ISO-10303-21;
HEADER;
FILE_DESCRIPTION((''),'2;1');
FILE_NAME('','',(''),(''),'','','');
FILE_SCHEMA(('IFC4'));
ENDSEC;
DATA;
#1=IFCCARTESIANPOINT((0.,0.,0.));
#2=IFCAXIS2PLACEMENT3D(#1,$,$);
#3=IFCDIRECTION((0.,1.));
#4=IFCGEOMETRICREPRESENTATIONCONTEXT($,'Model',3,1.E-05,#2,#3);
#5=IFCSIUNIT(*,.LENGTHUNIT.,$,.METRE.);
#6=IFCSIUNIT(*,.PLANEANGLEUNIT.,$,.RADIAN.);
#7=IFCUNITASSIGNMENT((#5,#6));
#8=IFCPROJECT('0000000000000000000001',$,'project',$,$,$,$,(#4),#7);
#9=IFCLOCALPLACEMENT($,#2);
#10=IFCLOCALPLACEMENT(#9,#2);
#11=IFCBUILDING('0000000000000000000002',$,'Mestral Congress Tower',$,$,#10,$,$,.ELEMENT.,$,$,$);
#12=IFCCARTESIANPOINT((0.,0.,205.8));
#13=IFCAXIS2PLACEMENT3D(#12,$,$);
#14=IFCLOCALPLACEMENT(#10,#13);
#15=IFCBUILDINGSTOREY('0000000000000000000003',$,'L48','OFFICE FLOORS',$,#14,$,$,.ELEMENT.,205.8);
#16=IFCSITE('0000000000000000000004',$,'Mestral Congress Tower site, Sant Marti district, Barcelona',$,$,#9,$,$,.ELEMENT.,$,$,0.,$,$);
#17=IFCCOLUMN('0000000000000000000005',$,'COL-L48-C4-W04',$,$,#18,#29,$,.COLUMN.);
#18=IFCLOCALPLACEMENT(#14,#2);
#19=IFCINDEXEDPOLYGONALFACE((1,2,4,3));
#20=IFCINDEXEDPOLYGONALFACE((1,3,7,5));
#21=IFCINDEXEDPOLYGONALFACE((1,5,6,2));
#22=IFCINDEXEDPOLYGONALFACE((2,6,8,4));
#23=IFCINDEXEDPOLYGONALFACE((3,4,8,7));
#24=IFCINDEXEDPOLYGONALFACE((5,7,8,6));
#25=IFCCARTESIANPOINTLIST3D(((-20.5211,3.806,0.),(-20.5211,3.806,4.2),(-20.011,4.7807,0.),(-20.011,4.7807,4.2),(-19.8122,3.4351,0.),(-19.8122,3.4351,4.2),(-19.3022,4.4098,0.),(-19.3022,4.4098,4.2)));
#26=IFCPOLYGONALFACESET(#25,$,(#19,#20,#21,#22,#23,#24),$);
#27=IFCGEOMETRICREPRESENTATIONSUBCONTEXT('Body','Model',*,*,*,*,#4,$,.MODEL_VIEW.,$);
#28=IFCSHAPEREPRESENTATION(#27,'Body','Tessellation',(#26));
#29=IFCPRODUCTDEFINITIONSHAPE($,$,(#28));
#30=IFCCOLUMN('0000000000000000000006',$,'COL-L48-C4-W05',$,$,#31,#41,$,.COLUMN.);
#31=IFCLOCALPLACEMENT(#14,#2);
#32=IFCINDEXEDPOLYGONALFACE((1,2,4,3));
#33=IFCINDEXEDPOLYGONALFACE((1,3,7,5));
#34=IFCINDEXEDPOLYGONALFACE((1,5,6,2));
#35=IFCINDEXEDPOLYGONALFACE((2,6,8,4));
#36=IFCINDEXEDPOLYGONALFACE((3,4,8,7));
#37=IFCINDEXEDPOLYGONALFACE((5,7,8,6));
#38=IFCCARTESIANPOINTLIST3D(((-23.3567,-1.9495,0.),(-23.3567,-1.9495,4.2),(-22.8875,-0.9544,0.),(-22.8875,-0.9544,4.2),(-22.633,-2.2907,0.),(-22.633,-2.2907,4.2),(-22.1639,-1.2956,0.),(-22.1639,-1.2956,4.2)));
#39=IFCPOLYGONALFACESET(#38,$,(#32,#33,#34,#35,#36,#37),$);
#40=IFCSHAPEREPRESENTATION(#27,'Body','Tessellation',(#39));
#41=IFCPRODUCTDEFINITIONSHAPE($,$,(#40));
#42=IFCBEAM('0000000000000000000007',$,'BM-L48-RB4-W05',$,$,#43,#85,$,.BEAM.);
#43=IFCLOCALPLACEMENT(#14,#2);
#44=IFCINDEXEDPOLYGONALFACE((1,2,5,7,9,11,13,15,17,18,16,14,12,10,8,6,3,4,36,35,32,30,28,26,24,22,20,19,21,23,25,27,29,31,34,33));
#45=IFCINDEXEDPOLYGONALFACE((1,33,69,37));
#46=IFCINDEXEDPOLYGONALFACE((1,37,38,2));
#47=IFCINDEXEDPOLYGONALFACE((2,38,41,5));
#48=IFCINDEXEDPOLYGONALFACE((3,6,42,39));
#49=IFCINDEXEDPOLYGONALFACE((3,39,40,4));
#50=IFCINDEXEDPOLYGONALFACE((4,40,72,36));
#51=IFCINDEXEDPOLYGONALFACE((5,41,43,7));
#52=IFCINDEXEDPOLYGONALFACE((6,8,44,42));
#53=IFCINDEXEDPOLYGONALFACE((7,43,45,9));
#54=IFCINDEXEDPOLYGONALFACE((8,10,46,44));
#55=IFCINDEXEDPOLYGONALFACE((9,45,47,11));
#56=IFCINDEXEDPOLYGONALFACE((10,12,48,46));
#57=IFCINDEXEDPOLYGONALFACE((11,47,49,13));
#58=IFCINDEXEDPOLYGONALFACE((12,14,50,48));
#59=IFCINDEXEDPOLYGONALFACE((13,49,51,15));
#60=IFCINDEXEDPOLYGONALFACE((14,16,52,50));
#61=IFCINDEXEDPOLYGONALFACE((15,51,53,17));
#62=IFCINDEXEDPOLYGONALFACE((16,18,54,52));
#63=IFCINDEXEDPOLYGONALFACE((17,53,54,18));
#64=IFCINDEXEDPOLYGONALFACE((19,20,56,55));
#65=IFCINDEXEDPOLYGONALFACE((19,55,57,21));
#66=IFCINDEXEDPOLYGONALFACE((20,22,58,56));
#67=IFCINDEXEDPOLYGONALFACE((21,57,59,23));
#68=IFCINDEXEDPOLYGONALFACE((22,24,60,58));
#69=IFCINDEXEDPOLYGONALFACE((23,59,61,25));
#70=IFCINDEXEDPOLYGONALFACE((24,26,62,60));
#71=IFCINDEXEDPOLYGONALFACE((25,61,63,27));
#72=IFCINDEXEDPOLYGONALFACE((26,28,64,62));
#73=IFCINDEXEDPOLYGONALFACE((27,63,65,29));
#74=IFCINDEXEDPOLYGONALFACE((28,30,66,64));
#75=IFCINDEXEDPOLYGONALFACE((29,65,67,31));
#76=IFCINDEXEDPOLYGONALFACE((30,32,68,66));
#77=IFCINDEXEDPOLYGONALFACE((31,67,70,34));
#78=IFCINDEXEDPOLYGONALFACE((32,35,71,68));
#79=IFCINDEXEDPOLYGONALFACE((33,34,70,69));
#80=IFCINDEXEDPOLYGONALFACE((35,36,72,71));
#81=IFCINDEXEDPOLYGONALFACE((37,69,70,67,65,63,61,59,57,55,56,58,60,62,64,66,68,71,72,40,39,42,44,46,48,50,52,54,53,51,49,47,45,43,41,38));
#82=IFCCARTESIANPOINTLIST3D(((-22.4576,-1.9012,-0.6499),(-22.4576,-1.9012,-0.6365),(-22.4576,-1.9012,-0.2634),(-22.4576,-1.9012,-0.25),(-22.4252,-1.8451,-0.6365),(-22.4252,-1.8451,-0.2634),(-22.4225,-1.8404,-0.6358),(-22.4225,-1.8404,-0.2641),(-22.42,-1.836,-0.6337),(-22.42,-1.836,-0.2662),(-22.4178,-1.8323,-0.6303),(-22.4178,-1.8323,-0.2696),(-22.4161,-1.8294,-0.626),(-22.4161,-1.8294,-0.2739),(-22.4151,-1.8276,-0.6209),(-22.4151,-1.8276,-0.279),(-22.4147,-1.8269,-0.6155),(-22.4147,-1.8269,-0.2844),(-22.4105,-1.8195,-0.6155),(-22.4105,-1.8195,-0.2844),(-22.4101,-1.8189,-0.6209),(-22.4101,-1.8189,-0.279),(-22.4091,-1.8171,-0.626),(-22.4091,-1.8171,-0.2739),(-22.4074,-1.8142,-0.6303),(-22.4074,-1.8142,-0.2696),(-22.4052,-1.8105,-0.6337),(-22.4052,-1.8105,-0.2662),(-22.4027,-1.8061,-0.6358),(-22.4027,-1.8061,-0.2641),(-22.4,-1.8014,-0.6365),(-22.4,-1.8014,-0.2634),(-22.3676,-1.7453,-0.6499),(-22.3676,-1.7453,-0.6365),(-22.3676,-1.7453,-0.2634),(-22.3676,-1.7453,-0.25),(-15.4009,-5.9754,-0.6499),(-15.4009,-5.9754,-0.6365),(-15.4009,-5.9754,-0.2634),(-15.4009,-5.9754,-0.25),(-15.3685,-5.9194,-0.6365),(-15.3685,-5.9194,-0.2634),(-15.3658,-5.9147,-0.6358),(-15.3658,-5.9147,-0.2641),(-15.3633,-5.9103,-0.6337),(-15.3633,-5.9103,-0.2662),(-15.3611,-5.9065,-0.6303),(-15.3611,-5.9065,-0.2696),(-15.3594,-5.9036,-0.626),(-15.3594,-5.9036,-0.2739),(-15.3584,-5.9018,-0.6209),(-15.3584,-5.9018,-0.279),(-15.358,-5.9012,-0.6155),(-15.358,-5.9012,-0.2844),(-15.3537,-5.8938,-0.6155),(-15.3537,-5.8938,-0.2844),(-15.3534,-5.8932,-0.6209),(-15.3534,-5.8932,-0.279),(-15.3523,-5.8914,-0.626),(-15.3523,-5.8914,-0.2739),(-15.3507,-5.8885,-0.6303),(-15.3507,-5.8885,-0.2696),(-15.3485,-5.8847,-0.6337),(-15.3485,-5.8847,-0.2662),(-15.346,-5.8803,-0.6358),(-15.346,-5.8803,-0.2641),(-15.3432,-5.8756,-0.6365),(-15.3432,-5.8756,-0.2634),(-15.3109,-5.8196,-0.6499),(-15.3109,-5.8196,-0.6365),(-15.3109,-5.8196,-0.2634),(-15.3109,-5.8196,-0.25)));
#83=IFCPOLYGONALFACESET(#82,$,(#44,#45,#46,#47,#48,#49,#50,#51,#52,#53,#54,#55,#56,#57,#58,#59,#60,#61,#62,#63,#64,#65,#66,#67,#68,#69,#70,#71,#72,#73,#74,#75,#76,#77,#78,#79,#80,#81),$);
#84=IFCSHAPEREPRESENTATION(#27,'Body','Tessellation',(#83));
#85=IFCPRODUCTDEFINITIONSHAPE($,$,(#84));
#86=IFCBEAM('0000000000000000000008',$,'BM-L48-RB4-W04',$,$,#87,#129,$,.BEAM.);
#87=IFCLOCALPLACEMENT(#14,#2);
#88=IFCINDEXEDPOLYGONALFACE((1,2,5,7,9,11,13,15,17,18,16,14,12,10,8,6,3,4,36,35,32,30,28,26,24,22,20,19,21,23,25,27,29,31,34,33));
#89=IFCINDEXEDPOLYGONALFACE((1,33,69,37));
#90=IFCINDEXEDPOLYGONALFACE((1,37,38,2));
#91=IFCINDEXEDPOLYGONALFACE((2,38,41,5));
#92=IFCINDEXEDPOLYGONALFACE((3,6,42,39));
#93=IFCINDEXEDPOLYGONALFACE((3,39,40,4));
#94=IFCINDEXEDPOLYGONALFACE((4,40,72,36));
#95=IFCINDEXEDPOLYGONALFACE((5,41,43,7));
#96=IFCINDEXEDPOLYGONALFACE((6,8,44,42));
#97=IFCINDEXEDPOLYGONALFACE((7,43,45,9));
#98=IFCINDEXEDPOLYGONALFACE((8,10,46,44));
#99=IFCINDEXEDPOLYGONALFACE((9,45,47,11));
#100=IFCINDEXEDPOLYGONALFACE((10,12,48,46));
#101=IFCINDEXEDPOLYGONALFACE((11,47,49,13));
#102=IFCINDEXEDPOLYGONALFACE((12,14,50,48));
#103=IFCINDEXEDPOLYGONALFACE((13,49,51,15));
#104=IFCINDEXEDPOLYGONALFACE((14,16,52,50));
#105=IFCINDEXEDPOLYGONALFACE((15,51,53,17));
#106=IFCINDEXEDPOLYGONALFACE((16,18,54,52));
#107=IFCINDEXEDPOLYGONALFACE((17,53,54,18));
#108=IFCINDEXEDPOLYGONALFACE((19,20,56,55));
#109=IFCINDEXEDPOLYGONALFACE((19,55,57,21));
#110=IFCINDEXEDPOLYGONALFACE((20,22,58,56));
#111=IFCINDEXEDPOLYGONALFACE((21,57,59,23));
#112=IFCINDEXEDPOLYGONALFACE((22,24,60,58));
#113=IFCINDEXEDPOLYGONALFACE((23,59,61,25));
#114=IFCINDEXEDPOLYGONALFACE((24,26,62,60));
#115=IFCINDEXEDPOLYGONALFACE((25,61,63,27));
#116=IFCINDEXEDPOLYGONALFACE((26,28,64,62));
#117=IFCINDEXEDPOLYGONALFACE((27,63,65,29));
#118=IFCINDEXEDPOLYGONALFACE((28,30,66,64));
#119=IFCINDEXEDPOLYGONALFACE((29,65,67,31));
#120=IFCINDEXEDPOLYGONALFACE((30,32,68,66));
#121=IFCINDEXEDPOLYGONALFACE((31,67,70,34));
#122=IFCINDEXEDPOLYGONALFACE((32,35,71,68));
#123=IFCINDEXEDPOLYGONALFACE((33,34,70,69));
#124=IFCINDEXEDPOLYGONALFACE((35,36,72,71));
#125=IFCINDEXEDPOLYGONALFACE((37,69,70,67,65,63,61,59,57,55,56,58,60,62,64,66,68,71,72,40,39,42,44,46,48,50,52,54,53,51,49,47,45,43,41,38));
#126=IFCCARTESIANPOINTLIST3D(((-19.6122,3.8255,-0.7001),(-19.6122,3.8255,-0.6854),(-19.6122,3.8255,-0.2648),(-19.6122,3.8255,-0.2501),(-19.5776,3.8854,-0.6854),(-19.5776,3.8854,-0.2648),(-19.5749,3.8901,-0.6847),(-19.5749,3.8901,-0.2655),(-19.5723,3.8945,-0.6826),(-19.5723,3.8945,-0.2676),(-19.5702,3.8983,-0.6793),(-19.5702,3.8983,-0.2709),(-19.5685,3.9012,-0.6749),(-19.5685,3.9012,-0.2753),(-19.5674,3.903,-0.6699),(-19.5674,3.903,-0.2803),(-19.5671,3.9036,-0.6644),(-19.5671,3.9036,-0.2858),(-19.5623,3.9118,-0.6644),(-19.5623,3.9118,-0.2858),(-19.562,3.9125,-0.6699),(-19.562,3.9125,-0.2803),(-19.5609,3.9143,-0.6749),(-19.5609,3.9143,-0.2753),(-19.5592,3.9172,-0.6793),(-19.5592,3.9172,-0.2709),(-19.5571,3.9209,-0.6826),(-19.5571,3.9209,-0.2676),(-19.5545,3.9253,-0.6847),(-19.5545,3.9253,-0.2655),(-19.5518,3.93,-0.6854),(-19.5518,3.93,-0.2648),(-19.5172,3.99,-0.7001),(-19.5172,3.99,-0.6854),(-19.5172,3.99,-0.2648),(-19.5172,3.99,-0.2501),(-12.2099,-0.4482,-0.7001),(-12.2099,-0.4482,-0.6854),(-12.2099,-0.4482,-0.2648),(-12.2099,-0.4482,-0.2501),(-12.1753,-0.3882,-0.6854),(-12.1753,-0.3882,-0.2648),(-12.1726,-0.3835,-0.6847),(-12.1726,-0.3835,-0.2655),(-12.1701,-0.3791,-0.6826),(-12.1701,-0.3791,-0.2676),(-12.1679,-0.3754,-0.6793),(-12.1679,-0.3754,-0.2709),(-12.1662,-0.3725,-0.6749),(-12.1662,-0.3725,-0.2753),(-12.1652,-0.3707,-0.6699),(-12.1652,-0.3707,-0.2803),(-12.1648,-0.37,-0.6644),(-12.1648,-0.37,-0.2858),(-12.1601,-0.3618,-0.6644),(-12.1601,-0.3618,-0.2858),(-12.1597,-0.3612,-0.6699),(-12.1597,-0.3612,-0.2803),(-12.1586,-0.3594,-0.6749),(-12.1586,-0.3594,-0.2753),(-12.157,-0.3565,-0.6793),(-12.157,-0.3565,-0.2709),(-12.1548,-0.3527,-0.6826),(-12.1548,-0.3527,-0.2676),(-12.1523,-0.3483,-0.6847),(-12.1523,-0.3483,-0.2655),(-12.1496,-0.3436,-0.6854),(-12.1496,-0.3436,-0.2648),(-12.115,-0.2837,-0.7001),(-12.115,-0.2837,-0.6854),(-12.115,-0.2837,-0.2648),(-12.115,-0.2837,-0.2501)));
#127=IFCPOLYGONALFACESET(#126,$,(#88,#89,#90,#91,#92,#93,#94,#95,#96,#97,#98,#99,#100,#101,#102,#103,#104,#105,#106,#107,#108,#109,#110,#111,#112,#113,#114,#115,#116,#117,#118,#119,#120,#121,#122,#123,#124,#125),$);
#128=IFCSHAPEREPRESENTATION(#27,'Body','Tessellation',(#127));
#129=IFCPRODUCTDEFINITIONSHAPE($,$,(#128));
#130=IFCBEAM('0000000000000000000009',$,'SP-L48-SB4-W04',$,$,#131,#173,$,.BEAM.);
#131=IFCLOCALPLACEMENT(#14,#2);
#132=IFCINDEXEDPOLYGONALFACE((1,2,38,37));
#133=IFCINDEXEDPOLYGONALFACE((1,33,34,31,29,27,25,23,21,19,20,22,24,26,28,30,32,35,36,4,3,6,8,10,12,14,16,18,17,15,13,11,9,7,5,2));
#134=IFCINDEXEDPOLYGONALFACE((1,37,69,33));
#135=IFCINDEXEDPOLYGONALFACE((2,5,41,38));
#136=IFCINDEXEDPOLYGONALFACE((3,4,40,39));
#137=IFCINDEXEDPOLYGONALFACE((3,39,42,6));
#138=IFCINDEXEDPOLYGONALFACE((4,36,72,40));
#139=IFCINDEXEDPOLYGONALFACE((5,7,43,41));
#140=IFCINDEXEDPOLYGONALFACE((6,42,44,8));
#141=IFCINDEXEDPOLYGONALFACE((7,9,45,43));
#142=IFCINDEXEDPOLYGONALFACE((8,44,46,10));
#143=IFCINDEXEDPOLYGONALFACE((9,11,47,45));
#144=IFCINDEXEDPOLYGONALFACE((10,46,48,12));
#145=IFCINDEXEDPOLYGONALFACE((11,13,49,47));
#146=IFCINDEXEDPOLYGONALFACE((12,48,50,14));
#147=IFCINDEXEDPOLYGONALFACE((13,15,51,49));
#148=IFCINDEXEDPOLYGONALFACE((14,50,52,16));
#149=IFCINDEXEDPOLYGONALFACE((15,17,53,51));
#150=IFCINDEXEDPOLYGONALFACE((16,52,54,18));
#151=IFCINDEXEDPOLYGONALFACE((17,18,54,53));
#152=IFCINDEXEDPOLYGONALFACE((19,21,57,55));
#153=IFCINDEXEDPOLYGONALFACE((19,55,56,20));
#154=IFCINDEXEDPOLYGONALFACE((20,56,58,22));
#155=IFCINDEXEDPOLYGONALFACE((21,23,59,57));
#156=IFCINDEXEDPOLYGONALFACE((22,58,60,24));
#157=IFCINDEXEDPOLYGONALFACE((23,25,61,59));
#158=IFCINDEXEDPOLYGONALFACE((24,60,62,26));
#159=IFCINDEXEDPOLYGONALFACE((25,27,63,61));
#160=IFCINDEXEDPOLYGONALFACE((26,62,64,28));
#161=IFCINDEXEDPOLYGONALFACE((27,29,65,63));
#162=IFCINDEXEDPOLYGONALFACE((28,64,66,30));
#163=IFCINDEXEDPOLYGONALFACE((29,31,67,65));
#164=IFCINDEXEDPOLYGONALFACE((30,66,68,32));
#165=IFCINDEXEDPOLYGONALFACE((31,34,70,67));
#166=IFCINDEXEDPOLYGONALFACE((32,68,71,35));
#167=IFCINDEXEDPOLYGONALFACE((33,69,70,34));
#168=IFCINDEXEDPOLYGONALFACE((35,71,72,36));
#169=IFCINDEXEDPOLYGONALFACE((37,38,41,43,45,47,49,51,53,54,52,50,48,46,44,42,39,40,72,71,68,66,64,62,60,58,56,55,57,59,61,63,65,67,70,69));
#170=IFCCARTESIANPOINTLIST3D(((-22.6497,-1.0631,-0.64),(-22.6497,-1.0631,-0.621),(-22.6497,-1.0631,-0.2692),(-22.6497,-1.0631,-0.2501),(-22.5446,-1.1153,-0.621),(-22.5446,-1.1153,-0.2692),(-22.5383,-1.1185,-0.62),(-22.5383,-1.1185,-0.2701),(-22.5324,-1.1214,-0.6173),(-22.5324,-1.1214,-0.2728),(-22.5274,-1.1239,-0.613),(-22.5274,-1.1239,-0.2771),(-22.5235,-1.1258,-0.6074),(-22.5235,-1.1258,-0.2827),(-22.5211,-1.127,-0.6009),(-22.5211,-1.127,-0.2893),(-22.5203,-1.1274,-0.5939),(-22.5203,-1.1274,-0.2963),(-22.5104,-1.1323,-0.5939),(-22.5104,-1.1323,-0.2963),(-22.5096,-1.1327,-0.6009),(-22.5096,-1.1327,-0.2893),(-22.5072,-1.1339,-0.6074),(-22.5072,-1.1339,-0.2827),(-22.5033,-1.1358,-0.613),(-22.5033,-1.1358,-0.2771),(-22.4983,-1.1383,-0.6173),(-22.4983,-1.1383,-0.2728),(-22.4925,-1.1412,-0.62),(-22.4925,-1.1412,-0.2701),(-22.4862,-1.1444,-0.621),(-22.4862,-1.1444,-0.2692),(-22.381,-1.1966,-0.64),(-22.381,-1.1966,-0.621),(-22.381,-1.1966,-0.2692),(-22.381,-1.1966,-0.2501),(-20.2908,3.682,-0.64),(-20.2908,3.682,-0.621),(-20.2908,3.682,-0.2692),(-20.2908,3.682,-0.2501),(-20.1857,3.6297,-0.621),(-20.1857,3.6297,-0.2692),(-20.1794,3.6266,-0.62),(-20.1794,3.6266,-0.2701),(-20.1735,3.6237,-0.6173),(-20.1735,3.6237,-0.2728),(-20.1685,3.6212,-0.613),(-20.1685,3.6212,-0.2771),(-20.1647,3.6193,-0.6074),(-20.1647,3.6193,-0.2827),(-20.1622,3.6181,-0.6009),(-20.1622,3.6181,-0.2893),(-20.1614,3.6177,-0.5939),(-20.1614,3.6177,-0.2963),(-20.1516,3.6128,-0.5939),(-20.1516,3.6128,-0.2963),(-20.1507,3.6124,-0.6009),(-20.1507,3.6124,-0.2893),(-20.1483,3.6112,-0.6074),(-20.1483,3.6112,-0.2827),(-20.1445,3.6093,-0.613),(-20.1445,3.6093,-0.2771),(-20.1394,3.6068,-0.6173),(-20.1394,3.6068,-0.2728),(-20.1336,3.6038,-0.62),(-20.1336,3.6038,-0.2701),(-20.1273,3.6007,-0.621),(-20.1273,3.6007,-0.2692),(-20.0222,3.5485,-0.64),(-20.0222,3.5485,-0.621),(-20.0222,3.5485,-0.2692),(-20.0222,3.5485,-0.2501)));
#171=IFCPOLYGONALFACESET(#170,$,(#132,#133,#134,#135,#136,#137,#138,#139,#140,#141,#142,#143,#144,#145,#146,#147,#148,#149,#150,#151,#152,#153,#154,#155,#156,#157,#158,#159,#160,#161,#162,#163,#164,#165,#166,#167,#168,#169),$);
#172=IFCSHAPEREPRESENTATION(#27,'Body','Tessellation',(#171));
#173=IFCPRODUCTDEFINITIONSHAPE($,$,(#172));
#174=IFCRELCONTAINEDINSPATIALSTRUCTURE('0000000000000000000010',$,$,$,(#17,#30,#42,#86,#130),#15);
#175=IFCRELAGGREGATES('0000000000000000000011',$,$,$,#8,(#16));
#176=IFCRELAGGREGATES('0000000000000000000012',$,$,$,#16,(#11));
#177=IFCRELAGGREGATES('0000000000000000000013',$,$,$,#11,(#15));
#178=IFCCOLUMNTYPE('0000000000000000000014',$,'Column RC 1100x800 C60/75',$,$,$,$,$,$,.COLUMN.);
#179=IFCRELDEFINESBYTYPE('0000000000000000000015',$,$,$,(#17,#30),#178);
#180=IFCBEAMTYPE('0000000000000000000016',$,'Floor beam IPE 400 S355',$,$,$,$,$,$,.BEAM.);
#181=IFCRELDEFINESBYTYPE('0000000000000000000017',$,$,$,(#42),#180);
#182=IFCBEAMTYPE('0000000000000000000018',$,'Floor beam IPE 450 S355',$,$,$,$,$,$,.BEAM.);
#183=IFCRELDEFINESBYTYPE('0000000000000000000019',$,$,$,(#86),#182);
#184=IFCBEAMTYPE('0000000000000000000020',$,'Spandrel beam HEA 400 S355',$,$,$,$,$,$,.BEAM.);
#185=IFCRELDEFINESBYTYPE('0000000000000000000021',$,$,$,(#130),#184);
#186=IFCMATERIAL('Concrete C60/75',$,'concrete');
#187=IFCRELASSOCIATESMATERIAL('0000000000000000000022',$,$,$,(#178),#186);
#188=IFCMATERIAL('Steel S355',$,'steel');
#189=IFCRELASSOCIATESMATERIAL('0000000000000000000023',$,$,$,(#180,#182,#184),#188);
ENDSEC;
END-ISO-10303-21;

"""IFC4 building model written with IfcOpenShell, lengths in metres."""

from ifc_helpers import new_model, si_unit, direction, frame, origin, origin_2d, place, context, subcontext, project, spatial, rectangle, i_section, extrude, material, material_profile, profile_set, type_object, element, save


model = new_model("IFC4")

# Units and contexts
model_context = context("Model", 3, precision=1e-05, world=origin(), true_north=direction((0.0, 1.0)))
body_context = subcontext(model_context, "Body", "Model", "MODEL_VIEW")
ifc_project = project(units=[si_unit("LENGTHUNIT", "METRE"), si_unit("PLANEANGLEUNIT", "RADIAN")], contexts=[model_context])

# Site, building, storey
site_placement = place(None, origin())
site = spatial("IfcSite", under=ifc_project, at=site_placement, Name="Mestral Congress Tower site, Sant Marti district, Barcelona", CompositionType="ELEMENT", RefElevation=0.0)
building_placement = place(site_placement, origin())
building = spatial("IfcBuilding", under=site, at=building_placement, Name="Mestral Congress Tower", CompositionType="ELEMENT")
storey_placement = place(building_placement, frame((0.0, 0.0, 205.8)))
storey = spatial("IfcBuildingStorey", under=building, at=storey_placement, Name="L48", Description="OFFICE FLOORS", CompositionType="ELEMENT", Elevation=205.8)

# Columns
ifc_material_1 = material(Name="Concrete C60/75", Category="concrete")
ifc_material_profile_1 = material_profile(ifc_material_1, rectangle(XDim=1.1001, YDim=0.8, at=origin_2d()), Name="RC 1100x800")
ifc_profile_set_1 = profile_set([ifc_material_profile_1], Name="Concrete C60/75")
column_type = type_object("IfcColumnType", Name="Column RC 1100x800 C60/75", PredefinedType="COLUMN", material=ifc_profile_set_1)
for number, where, z_axis, x_axis, name in (
    (1, (-19.9116, 4.1079, 0.0), (0.0, 0.0, 1.0), (-0.463636, -0.886026, 0.0), "COL-L48-C4-W04"),
    (2, (-22.7603, -1.6226, 0.0), (0.0, 0.0, 1.0), (-0.426472, -0.904501, 0.0), "COL-L48-C4-W05"),
):
    element("IfcColumn", number, at=place(storey_placement, frame(where, z_axis=z_axis, x_axis=x_axis)), inside=storey, type_object=column_type, Name=name, PredefinedType="COLUMN", context=body_context, shape_type="SweptSolid", body=[
        extrude(rectangle(XDim=1.1001, YDim=0.8, at=origin_2d()), origin(), (0.0, 0.0, 1.0), 4.2),
    ])

# Beams
ifc_material_2 = material(Name="Steel S355", Category="steel")
ifc_material_profile_2 = material_profile(ifc_material_2, i_section(OverallWidth=0.1799, OverallDepth=0.3999, WebThickness=0.0085, FlangeThickness=0.0134, FilletRadius=0.021, at=origin_2d()), Name="IPE 400")
ifc_profile_set_2 = profile_set([ifc_material_profile_2], Name="Steel S355")
beam_type_1 = type_object("IfcBeamType", Name="Floor beam IPE 400 S355", PredefinedType="BEAM", material=ifc_profile_set_2)
beam_1_placement = place(storey_placement, frame((-22.4126, -1.8232, -0.45), z_axis=(0.866022, -0.500006, 0.0), x_axis=(0.500006, 0.866022, 0.0)))
element("IfcBeam", 3, at=beam_1_placement, inside=storey, type_object=beam_type_1, Name="BM-L48-RB4-W05", PredefinedType="BEAM", context=body_context, shape_type="SweptSolid", body=[
    extrude(i_section(OverallWidth=0.1799, OverallDepth=0.3999, WebThickness=0.0085, FlangeThickness=0.0134, FilletRadius=0.021, at=origin_2d()), origin(), (0.0, 0.0, 1.0), 8.1484),
])
ifc_material_profile_3 = material_profile(ifc_material_2, i_section(OverallWidth=0.1899, OverallDepth=0.45, WebThickness=0.0095, FlangeThickness=0.0146, FilletRadius=0.021, at=origin_2d()), Name="IPE 450")
ifc_profile_set_3 = profile_set([ifc_material_profile_3], Name="Steel S355")
beam_type_2 = type_object("IfcBeamType", Name="Floor beam IPE 450 S355", PredefinedType="BEAM", material=ifc_profile_set_3)
beam_2_placement = place(storey_placement, frame((-19.5647, 3.9077, -0.4751), z_axis=(0.866029, -0.499994, 0.0), x_axis=(0.499994, 0.866029, 0.0)))
element("IfcBeam", 4, at=beam_2_placement, inside=storey, type_object=beam_type_2, Name="BM-L48-RB4-W04", PredefinedType="BEAM", context=body_context, shape_type="SweptSolid", body=[
    extrude(i_section(OverallWidth=0.1899, OverallDepth=0.45, WebThickness=0.0095, FlangeThickness=0.0146, FilletRadius=0.021, at=origin_2d()), origin(), (0.0, 0.0, 1.0), 8.5474),
])
ifc_material_profile_4 = material_profile(ifc_material_2, i_section(OverallWidth=0.3, OverallDepth=0.3899, WebThickness=0.011, FlangeThickness=0.019, FilletRadius=0.0271, at=origin_2d()), Name="HEA 400")
ifc_profile_set_4 = profile_set([ifc_material_profile_4], Name="Steel S355")
beam_type_3 = type_object("IfcBeamType", Name="Spandrel beam HEA 400 S355", PredefinedType="BEAM", material=ifc_profile_set_4)
beam_3_placement = place(storey_placement, frame((-20.1565, 3.6152, -0.4451), z_axis=(-0.445148, -0.895457, 0.0), x_axis=(0.895457, -0.445148, 0.0)))
element("IfcBeam", 5, at=beam_3_placement, inside=storey, type_object=beam_type_3, Name="SP-L48-SB4-W04", PredefinedType="BEAM", context=body_context, shape_type="SweptSolid", body=[
    extrude(i_section(OverallWidth=0.3, OverallDepth=0.3899, WebThickness=0.011, FlangeThickness=0.019, FilletRadius=0.0271, at=origin_2d()), origin(), (0.0, 0.0, 1.0), 5.2991),
])

save(model, "model.ifc")
